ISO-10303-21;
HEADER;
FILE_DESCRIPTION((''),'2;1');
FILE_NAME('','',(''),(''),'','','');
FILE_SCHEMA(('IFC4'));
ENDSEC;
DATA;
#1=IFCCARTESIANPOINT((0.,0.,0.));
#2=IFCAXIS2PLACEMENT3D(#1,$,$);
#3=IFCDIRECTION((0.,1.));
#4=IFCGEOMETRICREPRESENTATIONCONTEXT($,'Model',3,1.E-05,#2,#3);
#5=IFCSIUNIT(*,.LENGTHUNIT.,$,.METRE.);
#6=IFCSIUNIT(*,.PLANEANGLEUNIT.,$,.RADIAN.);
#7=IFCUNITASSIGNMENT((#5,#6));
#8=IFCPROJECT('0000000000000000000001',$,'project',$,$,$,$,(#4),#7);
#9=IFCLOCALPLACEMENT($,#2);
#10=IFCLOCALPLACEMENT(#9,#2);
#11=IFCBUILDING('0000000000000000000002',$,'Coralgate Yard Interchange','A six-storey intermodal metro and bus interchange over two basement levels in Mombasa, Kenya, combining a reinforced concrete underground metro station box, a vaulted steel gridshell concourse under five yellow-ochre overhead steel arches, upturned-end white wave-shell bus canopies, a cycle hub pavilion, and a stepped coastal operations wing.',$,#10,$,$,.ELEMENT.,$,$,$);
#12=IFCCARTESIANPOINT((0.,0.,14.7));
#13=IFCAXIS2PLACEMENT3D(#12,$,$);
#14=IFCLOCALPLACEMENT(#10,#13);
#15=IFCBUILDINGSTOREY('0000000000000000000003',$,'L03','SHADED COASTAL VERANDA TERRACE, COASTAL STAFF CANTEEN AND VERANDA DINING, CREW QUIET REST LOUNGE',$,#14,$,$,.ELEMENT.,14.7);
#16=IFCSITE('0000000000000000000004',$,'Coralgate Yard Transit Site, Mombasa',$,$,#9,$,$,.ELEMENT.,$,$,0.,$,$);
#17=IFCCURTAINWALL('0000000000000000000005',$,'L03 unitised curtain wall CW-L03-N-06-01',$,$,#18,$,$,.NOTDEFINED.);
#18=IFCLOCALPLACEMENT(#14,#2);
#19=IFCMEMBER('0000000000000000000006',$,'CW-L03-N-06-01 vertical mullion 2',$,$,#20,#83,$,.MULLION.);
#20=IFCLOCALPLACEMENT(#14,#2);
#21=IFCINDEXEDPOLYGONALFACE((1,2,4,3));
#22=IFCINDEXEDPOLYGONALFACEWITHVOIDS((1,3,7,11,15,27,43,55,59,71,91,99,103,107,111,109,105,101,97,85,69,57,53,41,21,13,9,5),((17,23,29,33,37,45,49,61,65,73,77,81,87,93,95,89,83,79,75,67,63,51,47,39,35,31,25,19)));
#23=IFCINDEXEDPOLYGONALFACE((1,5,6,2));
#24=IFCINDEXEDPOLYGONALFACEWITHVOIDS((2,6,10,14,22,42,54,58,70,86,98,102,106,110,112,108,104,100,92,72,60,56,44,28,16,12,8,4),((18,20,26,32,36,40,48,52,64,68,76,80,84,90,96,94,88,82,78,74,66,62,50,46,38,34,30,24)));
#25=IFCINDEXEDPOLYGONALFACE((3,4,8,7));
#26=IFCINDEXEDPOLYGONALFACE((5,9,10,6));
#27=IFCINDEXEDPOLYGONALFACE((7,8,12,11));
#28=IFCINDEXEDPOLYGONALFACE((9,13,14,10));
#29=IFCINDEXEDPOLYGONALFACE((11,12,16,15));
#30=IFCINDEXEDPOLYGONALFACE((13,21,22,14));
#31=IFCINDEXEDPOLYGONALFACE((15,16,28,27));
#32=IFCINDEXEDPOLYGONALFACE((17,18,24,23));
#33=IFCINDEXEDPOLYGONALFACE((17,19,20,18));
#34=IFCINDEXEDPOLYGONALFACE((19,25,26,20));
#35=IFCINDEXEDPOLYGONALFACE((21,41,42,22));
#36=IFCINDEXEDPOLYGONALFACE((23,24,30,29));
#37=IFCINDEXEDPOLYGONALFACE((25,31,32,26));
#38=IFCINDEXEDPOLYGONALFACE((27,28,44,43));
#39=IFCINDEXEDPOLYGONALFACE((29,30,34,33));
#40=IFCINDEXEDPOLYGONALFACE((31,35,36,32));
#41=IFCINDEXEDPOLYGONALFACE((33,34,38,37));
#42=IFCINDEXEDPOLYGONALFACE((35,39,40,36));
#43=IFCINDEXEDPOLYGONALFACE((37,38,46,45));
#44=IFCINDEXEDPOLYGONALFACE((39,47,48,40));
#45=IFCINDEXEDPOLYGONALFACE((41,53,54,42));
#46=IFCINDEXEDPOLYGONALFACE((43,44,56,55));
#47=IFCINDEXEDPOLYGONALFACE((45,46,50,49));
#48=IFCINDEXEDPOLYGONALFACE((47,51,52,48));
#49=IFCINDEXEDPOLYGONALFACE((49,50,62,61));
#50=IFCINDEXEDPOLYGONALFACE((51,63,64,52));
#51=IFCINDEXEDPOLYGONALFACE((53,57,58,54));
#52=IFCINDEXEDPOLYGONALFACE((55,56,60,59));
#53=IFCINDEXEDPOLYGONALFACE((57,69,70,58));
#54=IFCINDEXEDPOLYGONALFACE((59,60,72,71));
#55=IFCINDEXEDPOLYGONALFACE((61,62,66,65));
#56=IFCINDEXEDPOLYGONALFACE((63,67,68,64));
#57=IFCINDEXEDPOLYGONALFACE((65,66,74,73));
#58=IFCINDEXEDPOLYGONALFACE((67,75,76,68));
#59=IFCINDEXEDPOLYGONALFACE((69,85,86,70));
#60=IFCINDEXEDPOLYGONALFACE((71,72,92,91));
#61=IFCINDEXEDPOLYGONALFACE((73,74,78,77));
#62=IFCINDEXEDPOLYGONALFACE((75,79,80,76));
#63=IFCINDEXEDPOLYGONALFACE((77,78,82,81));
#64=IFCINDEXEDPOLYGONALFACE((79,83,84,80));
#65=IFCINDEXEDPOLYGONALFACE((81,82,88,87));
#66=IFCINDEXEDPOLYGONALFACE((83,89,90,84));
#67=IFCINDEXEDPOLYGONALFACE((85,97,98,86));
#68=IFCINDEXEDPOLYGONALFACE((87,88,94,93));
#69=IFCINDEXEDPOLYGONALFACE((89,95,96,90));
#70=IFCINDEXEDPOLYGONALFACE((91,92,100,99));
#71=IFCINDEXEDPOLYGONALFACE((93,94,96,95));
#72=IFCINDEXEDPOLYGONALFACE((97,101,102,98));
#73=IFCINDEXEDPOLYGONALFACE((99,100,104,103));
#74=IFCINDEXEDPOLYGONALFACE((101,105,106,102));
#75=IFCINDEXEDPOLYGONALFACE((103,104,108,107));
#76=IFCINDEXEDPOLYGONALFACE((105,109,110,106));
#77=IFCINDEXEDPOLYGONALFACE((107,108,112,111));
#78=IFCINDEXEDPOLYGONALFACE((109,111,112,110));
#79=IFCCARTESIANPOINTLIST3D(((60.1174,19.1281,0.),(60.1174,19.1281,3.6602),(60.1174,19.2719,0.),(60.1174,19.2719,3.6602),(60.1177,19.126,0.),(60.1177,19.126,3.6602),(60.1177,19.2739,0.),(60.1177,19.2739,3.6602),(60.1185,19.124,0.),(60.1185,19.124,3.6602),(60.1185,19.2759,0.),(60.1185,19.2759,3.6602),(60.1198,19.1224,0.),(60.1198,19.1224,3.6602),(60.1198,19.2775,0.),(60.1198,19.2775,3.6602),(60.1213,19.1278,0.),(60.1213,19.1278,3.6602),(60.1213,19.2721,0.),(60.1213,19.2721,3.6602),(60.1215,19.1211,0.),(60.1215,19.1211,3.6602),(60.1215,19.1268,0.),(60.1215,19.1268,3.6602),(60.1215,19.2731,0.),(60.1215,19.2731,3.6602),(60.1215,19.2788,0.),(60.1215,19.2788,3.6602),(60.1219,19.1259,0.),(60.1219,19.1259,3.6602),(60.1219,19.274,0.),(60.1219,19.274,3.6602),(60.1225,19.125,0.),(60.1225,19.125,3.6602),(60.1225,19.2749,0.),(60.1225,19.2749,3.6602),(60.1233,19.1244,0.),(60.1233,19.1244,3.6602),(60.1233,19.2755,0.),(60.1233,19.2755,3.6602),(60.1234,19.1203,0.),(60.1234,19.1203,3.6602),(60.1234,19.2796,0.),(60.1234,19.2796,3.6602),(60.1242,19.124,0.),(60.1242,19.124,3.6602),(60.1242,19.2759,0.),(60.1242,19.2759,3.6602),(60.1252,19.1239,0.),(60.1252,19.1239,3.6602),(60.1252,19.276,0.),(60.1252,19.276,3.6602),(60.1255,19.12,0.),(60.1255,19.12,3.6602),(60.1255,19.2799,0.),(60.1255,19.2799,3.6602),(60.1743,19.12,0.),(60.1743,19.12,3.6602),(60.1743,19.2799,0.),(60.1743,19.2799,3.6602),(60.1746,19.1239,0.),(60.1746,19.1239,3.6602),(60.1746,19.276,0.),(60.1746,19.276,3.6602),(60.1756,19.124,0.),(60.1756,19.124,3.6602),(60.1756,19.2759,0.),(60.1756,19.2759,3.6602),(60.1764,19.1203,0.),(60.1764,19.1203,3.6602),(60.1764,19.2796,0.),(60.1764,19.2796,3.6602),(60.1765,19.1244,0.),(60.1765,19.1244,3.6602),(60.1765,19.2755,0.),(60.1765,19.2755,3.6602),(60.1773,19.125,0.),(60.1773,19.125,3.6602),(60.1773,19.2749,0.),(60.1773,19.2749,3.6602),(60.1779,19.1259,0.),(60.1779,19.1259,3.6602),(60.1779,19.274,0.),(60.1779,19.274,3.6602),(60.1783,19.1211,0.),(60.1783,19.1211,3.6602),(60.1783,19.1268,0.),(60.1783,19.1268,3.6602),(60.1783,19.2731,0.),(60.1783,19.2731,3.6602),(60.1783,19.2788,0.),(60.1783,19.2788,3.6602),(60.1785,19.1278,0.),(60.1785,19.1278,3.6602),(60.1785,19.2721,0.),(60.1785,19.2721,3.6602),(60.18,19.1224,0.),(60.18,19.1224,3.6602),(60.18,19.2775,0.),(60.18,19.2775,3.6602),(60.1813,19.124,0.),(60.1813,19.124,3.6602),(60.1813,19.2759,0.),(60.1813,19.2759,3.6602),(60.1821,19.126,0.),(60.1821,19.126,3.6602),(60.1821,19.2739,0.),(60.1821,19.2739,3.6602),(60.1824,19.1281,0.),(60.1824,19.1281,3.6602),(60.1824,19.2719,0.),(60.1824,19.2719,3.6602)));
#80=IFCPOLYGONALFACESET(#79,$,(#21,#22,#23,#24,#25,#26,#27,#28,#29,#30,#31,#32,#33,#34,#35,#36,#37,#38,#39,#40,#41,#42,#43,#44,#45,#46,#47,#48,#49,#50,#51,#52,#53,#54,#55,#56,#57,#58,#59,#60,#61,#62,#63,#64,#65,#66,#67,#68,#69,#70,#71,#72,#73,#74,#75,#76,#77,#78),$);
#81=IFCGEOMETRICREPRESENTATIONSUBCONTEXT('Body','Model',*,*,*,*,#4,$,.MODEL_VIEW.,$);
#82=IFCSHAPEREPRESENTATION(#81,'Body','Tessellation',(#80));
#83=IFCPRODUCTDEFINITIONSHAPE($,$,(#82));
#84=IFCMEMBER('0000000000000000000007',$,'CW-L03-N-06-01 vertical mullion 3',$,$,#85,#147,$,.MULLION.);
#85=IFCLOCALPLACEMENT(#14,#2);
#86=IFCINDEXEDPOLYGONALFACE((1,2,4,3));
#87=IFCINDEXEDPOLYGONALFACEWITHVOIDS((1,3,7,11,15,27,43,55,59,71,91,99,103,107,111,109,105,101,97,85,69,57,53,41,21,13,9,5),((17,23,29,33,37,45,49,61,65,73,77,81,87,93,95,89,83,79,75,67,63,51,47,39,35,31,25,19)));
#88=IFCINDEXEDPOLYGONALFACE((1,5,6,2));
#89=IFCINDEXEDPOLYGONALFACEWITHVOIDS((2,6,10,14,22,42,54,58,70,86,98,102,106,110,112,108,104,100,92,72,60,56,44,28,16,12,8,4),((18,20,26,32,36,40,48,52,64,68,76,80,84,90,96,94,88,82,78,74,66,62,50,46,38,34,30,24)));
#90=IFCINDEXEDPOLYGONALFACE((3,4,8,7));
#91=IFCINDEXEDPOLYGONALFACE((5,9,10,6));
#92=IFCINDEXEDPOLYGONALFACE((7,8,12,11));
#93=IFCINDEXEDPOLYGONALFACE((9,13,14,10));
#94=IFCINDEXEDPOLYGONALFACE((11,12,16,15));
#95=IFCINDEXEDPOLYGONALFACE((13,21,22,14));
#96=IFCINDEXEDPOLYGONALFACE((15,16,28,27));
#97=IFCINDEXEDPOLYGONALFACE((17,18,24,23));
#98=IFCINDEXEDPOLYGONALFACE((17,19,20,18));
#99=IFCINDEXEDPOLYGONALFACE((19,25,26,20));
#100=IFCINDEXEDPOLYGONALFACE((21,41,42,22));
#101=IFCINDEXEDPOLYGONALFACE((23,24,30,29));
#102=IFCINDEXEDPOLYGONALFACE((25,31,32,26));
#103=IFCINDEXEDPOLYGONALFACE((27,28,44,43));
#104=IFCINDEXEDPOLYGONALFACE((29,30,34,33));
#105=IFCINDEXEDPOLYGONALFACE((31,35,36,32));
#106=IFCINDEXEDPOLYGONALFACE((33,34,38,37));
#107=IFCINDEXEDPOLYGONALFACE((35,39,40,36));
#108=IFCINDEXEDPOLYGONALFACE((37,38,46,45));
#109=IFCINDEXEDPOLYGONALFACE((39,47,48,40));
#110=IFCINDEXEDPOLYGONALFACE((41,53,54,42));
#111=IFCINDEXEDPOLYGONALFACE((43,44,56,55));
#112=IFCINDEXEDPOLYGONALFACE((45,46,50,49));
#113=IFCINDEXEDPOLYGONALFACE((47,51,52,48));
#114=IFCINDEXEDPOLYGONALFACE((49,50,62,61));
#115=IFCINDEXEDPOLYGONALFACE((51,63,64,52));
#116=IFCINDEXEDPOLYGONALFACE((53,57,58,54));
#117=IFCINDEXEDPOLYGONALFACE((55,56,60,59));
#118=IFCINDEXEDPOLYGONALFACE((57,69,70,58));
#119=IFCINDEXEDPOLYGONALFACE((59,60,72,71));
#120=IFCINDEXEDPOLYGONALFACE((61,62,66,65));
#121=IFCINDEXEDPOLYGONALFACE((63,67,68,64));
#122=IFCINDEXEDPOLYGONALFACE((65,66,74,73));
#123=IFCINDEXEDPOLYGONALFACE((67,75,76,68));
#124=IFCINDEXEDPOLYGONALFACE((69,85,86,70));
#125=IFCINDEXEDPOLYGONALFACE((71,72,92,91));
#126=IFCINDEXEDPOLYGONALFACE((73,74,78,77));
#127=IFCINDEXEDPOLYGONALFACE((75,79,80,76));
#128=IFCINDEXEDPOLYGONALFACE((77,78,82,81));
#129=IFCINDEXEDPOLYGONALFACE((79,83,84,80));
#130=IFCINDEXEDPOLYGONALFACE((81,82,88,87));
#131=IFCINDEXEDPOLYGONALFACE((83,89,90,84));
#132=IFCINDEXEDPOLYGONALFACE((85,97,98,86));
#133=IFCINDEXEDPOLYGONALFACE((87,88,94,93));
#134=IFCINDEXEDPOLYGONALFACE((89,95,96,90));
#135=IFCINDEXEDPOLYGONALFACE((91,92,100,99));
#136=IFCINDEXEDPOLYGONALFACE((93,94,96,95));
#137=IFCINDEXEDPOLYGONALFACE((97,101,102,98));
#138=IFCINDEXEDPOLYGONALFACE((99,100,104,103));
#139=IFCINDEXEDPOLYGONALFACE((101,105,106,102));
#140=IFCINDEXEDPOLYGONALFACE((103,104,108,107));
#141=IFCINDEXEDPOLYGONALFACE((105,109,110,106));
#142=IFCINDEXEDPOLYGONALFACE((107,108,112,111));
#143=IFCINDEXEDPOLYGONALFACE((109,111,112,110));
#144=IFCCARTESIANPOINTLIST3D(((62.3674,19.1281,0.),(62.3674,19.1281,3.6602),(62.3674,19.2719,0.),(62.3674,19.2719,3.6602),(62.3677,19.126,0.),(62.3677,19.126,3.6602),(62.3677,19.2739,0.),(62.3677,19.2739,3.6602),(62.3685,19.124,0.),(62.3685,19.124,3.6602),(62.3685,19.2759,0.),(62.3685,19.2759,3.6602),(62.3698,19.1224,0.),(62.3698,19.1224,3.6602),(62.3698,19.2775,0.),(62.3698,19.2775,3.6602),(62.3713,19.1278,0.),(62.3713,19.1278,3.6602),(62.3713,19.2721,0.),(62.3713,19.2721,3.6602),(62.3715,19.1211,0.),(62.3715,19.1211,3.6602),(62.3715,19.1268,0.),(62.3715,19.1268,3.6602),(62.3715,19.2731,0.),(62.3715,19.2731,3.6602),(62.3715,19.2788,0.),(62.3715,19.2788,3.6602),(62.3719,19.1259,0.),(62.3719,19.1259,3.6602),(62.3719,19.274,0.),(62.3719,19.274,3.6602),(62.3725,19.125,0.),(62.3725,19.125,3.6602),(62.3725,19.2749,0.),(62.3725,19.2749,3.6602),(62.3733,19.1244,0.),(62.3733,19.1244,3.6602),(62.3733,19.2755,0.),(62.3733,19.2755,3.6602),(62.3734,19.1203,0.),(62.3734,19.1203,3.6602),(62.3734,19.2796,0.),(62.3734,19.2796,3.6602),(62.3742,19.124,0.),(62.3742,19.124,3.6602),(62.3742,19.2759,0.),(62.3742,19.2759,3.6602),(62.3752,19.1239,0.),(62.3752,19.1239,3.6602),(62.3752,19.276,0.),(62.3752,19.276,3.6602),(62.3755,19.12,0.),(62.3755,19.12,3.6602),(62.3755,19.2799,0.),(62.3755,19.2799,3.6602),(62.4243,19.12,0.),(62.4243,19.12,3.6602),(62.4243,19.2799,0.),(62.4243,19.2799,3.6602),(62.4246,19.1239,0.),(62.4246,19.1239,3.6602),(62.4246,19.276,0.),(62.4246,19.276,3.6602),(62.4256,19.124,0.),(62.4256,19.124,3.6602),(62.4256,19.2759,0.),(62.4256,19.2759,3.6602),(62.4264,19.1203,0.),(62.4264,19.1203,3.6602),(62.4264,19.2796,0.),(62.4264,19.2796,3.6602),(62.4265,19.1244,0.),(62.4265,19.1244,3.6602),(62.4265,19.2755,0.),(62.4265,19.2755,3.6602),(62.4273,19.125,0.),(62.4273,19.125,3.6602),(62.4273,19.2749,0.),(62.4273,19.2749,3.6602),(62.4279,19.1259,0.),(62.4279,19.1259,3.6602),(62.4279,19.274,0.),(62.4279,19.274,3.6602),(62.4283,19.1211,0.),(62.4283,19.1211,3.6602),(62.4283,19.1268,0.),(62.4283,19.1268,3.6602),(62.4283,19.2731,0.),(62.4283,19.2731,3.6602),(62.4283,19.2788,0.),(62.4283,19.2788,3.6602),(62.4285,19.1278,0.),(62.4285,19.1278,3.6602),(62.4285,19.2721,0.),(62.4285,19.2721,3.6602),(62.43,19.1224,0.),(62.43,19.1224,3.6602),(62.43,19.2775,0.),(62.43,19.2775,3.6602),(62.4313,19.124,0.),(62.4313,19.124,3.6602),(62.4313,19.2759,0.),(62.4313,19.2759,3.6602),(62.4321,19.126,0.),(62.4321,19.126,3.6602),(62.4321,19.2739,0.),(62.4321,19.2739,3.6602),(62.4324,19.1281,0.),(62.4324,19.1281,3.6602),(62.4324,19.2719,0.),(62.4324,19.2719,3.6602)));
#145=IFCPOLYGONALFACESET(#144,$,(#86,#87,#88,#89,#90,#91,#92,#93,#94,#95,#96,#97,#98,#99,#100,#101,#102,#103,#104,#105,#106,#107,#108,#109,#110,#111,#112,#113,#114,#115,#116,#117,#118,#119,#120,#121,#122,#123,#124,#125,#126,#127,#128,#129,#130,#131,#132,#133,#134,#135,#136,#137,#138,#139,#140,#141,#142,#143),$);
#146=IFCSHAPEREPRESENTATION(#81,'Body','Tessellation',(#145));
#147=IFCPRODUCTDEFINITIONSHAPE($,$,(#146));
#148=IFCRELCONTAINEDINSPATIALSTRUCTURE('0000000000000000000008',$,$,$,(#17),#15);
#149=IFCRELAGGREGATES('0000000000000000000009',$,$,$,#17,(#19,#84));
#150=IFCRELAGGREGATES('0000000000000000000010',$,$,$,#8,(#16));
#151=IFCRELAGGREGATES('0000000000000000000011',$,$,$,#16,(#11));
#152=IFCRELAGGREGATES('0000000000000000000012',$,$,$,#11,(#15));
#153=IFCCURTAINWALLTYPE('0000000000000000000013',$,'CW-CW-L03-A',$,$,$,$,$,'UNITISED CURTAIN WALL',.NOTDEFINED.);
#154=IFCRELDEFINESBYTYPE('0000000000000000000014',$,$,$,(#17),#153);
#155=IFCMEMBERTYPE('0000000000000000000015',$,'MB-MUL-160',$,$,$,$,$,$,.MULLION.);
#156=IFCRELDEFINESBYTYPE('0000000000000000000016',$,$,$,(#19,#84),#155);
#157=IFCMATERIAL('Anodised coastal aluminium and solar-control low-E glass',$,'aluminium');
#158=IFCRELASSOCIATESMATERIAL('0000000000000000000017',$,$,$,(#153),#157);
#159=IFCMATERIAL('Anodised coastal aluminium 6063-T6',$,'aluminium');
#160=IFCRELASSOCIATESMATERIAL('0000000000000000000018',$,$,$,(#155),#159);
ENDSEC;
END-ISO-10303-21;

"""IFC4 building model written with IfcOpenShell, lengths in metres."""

from ifc_helpers import new_model, si_unit, direction, frame, origin, origin_2d, place, context, subcontext, project, spatial, hollow_rectangle, extrude, material, material_profile, profile_set, type_object, element, aggregate, save


model = new_model("IFC4")

# Units and contexts
model_context = context("Model", 3, precision=1e-05, world=origin(), true_north=direction((0.0, 1.0)))
body_context = subcontext(model_context, "Body", "Model", "MODEL_VIEW")
ifc_project = project(units=[si_unit("LENGTHUNIT", "METRE"), si_unit("PLANEANGLEUNIT", "RADIAN")], contexts=[model_context])

# Site, building, storey
site_placement = place(None, origin())
site = spatial("IfcSite", under=ifc_project, at=site_placement, Name="Coralgate Yard Transit Site, Mombasa", CompositionType="ELEMENT", RefElevation=0.0)
building_placement = place(site_placement, origin())
building = spatial("IfcBuilding", under=site, at=building_placement, Name="Coralgate Yard Interchange", Description="A six-storey intermodal metro and bus interchange over two basement levels in Mombasa, Kenya, combining a reinforced concrete underground metro station box, a vaulted steel gridshell concourse under five yellow-ochre overhead steel arches, upturned-end white wave-shell bus canopies, a cycle hub pavilion, and a stepped coastal operations wing.", CompositionType="ELEMENT")
storey_placement = place(building_placement, frame((0.0, 0.0, 14.7)))
storey = spatial("IfcBuildingStorey", under=building, at=storey_placement, Name="L03", Description="SHADED COASTAL VERANDA TERRACE, COASTAL STAFF CANTEEN AND VERANDA DINING, CREW QUIET REST LOUNGE", CompositionType="ELEMENT", Elevation=14.7)

# Shared definitions
ifc_material_1 = material(Name="Anodised coastal aluminium and solar-control low-E glass", Category="aluminium")
curtain_wall_type = type_object("IfcCurtainWallType", Name="CW-CW-L03-A", ElementType="UNITISED CURTAIN WALL", PredefinedType="NOTDEFINED", material=ifc_material_1)
ifc_material_2 = material(Name="Anodised coastal aluminium 6063-T6", Category="aluminium")
ifc_material_profile_1 = material_profile(ifc_material_2, hollow_rectangle(XDim=0.0649, YDim=0.1599, WallThickness=0.0039, InnerFilletRadius=0.0039, OuterFilletRadius=0.0081, at=origin_2d()), Name="ALU 65x160x4")
ifc_profile_set_1 = profile_set([ifc_material_profile_1], Name="Anodised coastal aluminium 6063-T6")
member_type_1 = type_object("IfcMemberType", Name="MB-MUL-160", PredefinedType="MULLION", material=ifc_profile_set_1)

# Curtain wall, members
curtain_wall_1_placement = place(storey_placement, origin())
curtain_wall_1 = element("IfcCurtainWall", 1, at=curtain_wall_1_placement, inside=storey, type_object=curtain_wall_type, Name="L03 unitised curtain wall CW-L03-N-06-01", PredefinedType="NOTDEFINED")
member_1_placement = place(storey_placement, frame((60.1499, 19.2, 0.0), z_axis=(0.0, 0.0, 1.0), x_axis=(1.0, 0.0, 0.0)))
member_1 = element("IfcMember", 2, at=member_1_placement, type_object=member_type_1, Name="CW-L03-N-06-01 vertical mullion 2", PredefinedType="MULLION", context=body_context, shape_type="SweptSolid", body=[
    extrude(hollow_rectangle(XDim=0.0649, YDim=0.1599, WallThickness=0.0039, InnerFilletRadius=0.0039, OuterFilletRadius=0.0081, at=origin_2d()), origin(), (0.0, 0.0, 1.0), 3.6602),
])
member_2_placement = place(storey_placement, frame((62.3999, 19.2, 0.0), z_axis=(0.0, 0.0, 1.0), x_axis=(1.0, 0.0, 0.0)))
member_2 = element("IfcMember", 3, at=member_2_placement, type_object=member_type_1, Name="CW-L03-N-06-01 vertical mullion 3", PredefinedType="MULLION", context=body_context, shape_type="SweptSolid", body=[
    extrude(hollow_rectangle(XDim=0.0649, YDim=0.1599, WallThickness=0.0039, InnerFilletRadius=0.0039, OuterFilletRadius=0.0081, at=origin_2d()), origin(), (0.0, 0.0, 1.0), 3.6602),
])

aggregate(curtain_wall_1, [member_1, member_2])

save(model, "model.ifc")
